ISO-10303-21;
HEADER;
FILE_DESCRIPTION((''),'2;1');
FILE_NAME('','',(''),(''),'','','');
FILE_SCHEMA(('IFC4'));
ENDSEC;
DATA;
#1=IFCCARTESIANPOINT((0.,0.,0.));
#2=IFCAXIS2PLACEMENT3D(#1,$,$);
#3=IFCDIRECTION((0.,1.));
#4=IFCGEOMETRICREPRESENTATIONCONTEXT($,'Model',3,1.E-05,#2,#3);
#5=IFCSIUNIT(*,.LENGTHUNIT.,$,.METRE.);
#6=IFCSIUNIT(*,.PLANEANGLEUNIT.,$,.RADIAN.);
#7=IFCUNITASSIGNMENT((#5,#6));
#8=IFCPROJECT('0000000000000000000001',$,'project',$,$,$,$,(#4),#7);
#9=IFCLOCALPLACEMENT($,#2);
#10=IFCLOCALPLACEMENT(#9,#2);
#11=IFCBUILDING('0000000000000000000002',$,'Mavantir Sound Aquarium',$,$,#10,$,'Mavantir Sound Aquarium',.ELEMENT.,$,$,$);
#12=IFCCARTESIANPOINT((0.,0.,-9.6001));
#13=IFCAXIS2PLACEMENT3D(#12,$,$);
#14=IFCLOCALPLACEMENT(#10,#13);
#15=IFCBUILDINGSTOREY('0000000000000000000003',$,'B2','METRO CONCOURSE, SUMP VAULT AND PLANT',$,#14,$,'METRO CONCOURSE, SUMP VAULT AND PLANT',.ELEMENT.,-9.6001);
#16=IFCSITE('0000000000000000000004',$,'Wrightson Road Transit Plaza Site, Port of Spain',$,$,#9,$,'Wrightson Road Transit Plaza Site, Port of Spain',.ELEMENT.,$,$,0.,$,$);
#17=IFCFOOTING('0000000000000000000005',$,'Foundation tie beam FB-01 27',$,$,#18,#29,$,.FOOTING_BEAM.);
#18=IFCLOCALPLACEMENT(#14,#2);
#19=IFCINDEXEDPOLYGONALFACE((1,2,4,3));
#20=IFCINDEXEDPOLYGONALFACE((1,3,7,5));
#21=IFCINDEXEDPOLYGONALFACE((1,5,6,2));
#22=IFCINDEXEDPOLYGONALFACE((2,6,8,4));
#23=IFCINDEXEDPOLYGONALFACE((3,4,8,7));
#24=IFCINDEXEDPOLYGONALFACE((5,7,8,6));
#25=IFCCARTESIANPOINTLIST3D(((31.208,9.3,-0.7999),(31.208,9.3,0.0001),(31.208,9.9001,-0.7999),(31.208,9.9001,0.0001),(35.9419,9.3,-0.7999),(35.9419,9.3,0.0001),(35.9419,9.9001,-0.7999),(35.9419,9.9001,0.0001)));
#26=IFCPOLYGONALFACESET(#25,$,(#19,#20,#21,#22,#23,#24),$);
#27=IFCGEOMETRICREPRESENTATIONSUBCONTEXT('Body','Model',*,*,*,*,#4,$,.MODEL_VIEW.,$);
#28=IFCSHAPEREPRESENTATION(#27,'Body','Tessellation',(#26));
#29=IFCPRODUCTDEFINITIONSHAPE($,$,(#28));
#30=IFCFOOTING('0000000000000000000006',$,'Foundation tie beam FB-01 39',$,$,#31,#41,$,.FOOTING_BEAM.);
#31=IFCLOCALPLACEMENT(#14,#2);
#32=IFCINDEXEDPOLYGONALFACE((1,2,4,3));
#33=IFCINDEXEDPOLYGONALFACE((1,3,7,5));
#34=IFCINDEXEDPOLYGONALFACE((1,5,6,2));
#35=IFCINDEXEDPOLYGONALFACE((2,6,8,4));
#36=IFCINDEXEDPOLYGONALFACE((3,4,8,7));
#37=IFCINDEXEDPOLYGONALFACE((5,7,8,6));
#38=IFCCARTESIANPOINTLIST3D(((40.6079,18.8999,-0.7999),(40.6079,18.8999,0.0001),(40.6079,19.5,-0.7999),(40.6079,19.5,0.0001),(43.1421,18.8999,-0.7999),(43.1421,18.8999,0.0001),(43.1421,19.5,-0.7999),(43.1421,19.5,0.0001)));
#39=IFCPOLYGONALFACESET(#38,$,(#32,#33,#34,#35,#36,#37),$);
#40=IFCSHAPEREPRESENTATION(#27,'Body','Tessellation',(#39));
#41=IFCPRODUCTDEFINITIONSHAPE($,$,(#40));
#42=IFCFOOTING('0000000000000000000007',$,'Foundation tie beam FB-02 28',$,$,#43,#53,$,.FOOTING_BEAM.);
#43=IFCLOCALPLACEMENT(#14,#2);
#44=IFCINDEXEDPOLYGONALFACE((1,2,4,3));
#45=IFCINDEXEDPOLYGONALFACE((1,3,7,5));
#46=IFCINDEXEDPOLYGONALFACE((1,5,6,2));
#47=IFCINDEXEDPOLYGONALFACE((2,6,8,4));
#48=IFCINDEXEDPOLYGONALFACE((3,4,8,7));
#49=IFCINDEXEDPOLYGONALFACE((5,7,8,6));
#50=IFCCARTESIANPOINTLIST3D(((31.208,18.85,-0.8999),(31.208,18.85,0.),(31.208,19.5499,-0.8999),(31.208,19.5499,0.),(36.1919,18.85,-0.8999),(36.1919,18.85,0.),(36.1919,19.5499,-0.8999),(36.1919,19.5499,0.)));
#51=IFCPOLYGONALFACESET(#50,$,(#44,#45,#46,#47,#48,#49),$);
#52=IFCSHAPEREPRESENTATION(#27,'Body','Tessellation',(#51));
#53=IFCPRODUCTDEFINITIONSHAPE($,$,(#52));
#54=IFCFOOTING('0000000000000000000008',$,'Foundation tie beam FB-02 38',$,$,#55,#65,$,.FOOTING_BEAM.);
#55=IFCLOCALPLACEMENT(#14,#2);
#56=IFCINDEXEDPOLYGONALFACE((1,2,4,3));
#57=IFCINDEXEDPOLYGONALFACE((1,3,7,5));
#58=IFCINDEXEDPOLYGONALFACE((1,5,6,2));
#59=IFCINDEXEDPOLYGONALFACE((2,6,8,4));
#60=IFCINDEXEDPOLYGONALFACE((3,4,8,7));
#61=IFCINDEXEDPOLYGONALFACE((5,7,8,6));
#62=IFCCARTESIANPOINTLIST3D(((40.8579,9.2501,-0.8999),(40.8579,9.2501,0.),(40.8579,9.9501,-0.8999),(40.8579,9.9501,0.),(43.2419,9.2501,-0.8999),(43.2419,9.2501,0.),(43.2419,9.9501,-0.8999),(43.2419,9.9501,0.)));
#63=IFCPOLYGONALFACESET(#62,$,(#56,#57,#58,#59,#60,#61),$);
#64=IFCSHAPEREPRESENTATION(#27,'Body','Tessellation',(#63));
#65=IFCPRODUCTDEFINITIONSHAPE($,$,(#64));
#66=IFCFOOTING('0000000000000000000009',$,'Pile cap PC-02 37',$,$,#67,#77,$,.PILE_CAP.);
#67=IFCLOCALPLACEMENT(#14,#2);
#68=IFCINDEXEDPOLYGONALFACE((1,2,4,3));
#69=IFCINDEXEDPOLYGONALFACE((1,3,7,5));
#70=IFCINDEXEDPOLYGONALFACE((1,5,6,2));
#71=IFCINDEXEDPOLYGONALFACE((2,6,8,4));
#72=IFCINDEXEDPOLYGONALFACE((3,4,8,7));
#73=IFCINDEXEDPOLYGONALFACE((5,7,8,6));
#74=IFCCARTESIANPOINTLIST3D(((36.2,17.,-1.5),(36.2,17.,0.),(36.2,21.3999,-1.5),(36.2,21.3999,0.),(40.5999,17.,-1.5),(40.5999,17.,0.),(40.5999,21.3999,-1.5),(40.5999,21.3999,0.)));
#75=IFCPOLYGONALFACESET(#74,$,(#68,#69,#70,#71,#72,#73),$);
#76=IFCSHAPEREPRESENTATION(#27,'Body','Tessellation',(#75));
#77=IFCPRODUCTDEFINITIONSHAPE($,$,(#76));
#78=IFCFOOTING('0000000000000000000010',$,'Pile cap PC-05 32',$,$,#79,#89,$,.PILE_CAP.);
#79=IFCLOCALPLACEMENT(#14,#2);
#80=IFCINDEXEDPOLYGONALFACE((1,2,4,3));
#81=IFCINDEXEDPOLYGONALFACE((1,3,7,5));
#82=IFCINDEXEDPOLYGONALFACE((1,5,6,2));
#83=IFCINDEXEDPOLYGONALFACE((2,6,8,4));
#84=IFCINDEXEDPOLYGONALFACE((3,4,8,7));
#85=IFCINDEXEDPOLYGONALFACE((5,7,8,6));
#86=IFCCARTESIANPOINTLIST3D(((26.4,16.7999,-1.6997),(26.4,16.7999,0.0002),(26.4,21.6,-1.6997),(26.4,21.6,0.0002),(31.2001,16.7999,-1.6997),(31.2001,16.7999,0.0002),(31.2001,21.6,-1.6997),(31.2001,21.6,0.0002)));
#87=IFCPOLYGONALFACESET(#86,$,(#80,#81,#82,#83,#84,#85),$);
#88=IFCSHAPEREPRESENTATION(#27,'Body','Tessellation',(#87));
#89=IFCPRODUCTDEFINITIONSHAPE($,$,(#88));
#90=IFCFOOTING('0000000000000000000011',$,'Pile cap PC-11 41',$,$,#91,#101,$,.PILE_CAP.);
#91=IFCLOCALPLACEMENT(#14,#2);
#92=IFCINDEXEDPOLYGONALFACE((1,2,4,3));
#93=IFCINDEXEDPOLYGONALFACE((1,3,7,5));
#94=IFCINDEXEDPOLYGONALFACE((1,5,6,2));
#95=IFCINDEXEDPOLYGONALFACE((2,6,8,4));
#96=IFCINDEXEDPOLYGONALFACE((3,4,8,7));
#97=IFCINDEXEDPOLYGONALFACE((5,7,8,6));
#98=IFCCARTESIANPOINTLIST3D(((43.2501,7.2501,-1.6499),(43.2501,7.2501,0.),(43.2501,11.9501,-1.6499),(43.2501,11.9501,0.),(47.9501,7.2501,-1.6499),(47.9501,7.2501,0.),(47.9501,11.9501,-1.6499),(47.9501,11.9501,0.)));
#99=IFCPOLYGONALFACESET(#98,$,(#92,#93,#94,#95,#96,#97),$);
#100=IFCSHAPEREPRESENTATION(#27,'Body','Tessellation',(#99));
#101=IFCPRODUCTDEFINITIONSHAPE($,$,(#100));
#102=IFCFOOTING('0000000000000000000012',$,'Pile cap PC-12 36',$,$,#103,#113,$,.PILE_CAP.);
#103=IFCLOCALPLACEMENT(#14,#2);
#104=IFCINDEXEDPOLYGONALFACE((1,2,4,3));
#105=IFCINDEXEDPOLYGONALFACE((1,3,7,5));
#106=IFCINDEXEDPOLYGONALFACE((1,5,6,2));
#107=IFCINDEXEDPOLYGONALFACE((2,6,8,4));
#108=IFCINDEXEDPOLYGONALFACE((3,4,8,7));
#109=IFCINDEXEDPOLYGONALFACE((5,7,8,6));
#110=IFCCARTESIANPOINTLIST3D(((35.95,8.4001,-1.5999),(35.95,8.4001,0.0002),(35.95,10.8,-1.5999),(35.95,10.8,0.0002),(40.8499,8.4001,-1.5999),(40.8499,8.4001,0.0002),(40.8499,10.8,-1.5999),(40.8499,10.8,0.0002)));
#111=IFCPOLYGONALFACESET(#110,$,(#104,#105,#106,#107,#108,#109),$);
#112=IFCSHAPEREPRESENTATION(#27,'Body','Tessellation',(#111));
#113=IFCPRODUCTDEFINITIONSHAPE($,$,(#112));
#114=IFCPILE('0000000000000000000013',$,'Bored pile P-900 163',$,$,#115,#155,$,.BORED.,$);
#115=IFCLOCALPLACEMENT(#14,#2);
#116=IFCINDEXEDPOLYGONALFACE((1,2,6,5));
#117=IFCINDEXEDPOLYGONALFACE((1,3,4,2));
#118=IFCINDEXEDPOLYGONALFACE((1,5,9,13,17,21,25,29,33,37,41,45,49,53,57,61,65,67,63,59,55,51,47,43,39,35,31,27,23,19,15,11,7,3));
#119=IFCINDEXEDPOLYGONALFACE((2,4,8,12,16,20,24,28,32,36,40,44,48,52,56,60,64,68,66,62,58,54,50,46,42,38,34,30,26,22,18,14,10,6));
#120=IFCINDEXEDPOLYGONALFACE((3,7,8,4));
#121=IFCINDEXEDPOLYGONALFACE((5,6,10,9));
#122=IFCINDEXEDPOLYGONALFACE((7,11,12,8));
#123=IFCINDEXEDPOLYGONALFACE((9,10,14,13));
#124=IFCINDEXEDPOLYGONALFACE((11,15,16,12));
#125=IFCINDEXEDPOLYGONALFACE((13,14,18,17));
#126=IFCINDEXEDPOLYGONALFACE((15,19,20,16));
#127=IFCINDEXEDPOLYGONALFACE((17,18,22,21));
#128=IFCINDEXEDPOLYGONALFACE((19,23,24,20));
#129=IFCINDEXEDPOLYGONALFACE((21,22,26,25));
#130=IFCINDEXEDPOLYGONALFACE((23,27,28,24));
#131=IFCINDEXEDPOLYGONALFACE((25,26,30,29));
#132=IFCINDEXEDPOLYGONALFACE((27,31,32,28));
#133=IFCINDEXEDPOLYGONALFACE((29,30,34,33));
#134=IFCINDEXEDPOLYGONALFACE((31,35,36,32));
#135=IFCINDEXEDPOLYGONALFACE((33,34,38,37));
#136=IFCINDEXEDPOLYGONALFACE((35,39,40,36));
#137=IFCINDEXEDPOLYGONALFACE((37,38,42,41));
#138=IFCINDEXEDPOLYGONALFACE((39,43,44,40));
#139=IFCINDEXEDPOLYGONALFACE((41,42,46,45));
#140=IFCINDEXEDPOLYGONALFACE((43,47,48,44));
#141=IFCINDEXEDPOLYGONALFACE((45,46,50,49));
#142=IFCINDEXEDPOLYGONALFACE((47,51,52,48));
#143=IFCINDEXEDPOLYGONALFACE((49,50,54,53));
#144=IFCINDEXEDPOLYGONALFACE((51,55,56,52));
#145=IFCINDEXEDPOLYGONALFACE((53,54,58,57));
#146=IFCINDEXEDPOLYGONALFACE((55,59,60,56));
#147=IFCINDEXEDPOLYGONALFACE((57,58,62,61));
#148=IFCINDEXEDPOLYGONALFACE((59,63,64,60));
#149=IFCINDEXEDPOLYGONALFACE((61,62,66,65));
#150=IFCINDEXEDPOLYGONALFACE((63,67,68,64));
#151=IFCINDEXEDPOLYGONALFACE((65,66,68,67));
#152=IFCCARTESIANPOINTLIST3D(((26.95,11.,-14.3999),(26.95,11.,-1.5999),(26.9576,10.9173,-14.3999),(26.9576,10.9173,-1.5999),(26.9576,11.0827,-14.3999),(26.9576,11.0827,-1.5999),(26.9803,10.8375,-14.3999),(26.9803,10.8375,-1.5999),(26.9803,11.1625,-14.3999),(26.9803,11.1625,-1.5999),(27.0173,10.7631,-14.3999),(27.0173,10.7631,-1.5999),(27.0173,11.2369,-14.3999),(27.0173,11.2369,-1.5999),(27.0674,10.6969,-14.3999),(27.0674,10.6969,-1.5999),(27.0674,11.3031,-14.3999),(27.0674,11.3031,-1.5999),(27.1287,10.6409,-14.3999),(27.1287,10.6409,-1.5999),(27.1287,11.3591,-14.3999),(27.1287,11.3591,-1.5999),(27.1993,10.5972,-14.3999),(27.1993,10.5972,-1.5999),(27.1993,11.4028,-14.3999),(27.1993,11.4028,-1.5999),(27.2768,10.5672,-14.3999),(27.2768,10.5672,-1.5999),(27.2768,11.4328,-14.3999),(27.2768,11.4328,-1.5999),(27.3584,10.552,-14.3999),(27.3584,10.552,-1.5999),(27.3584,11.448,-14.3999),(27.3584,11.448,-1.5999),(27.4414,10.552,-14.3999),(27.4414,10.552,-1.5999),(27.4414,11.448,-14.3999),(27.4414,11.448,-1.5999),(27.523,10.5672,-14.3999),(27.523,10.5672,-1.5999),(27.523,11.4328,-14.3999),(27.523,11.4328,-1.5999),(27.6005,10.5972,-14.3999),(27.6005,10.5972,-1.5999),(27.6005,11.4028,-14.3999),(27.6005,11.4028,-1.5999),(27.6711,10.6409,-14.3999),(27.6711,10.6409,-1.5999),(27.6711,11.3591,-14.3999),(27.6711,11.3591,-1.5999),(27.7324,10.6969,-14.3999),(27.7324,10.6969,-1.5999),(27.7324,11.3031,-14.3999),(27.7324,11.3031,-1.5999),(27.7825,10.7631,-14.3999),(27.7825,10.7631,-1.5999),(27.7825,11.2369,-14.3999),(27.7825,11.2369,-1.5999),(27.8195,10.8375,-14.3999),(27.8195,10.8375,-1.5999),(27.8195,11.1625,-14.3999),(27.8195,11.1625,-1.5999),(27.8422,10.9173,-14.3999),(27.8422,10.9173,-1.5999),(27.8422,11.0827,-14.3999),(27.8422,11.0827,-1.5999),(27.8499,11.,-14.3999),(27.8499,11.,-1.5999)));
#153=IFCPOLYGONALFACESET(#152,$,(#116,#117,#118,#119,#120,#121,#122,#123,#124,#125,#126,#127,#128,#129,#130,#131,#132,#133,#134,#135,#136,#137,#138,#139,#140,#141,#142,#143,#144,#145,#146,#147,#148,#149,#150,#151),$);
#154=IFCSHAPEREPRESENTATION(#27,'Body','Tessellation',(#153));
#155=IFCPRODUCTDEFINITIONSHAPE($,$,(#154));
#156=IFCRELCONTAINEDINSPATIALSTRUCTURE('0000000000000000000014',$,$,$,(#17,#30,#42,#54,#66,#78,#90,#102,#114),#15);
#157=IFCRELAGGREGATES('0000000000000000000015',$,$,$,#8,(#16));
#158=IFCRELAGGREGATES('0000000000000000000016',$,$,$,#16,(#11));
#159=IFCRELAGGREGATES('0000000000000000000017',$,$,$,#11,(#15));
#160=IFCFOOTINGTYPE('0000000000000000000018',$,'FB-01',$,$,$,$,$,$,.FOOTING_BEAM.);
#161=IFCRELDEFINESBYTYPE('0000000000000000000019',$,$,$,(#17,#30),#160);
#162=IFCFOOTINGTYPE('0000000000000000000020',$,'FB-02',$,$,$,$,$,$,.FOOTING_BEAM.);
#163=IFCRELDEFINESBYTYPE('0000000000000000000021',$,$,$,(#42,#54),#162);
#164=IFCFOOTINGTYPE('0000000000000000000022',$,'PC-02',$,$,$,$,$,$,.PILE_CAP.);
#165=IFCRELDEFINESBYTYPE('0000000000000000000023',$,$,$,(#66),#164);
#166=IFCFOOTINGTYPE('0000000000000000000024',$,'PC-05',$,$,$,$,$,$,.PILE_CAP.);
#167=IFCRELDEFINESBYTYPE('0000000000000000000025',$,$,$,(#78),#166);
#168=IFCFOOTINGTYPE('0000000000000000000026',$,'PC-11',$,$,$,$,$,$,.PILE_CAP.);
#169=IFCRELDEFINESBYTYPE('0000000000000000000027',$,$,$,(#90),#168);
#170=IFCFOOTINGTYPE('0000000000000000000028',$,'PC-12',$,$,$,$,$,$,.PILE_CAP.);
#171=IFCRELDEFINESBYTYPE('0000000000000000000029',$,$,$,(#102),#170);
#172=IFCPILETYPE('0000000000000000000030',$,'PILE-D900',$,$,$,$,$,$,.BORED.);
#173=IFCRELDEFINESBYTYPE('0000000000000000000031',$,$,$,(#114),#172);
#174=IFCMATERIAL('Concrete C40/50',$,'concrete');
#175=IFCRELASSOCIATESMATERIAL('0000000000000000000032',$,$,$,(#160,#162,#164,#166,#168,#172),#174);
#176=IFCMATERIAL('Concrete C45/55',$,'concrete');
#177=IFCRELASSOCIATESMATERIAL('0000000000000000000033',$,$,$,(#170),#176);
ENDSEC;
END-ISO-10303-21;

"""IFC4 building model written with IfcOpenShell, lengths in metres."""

from ifc_helpers import new_model, si_unit, direction, frame, origin, origin_2d, place, context, subcontext, project, spatial, rectangle, circle, extrude, material, material_profile, profile_set, type_object, element, save


model = new_model("IFC4")

# Units and contexts
model_context = context("Model", 3, precision=1e-05, world=origin(), true_north=direction((0.0, 1.0)))
body_context = subcontext(model_context, "Body", "Model", "MODEL_VIEW")
ifc_project = project(units=[si_unit("LENGTHUNIT", "METRE"), si_unit("PLANEANGLEUNIT", "RADIAN")], contexts=[model_context])

# Site, building, storey
site_placement = place(None, origin())
site = spatial("IfcSite", under=ifc_project, at=site_placement, Name="Wrightson Road Transit Plaza Site, Port of Spain", LongName="Wrightson Road Transit Plaza Site, Port of Spain", CompositionType="ELEMENT", RefElevation=0.0)
building_placement = place(site_placement, origin())
building = spatial("IfcBuilding", under=site, at=building_placement, Name="Mavantir Sound Aquarium", LongName="Mavantir Sound Aquarium", CompositionType="ELEMENT")
storey_placement = place(building_placement, frame((0.0, 0.0, -9.6001)))
storey = spatial("IfcBuildingStorey", under=building, at=storey_placement, Name="B2", Description="METRO CONCOURSE, SUMP VAULT AND PLANT", LongName="METRO CONCOURSE, SUMP VAULT AND PLANT", CompositionType="ELEMENT", Elevation=-9.6001)

# Footings
ifc_material_1 = material(Name="Concrete C40/50", Category="concrete")
ifc_material_profile_1 = material_profile(ifc_material_1, rectangle(XDim=0.6001, YDim=0.8, at=origin_2d()), Name="RC 600X800")
ifc_profile_set_1 = profile_set([ifc_material_profile_1], Name="Concrete C40/50")
footing_type_1 = type_object("IfcFootingType", Name="FB-01", PredefinedType="FOOTING_BEAM", material=ifc_profile_set_1)
footing_1_placement = place(storey_placement, frame((31.208, 9.6001, -0.3999), z_axis=(1.0, 0.0, 0.0), x_axis=(0.0, 1.0, 0.0)))
element("IfcFooting", 1, at=footing_1_placement, inside=storey, type_object=footing_type_1, Name="Foundation tie beam FB-01 27", PredefinedType="FOOTING_BEAM", context=body_context, shape_type="SweptSolid", body=[
    extrude(rectangle(XDim=0.6001, YDim=0.8, at=origin_2d()), origin(), (0.0, 0.0, 1.0), 4.7339),
])
footing_2_placement = place(storey_placement, frame((40.6079, 19.2, -0.3999), z_axis=(1.0, 0.0, 0.0), x_axis=(0.0, 1.0, 0.0)))
element("IfcFooting", 2, at=footing_2_placement, inside=storey, type_object=footing_type_1, Name="Foundation tie beam FB-01 39", PredefinedType="FOOTING_BEAM", context=body_context, shape_type="SweptSolid", body=[
    extrude(rectangle(XDim=0.6001, YDim=0.8, at=origin_2d()), origin(), (0.0, 0.0, 1.0), 2.5342),
])
ifc_material_profile_2 = material_profile(ifc_material_1, rectangle(XDim=0.7, YDim=0.8999, at=origin_2d()), Name="RC 700X900")
ifc_profile_set_2 = profile_set([ifc_material_profile_2], Name="Concrete C40/50")
footing_type_2 = type_object("IfcFootingType", Name="FB-02", PredefinedType="FOOTING_BEAM", material=ifc_profile_set_2)
footing_3_placement = place(storey_placement, frame((31.208, 19.2, -0.45), z_axis=(1.0, 0.0, 0.0), x_axis=(0.0, 1.0, 0.0)))
element("IfcFooting", 3, at=footing_3_placement, inside=storey, type_object=footing_type_2, Name="Foundation tie beam FB-02 28", PredefinedType="FOOTING_BEAM", context=body_context, shape_type="SweptSolid", body=[
    extrude(rectangle(XDim=0.7, YDim=0.8999, at=origin_2d()), origin(), (0.0, 0.0, 1.0), 4.9839),
])
footing_4_placement = place(storey_placement, frame((40.8579, 9.6001, -0.45), z_axis=(1.0, 0.0, 0.0), x_axis=(0.0, 1.0, 0.0)))
element("IfcFooting", 4, at=footing_4_placement, inside=storey, type_object=footing_type_2, Name="Foundation tie beam FB-02 38", PredefinedType="FOOTING_BEAM", context=body_context, shape_type="SweptSolid", body=[
    extrude(rectangle(XDim=0.7, YDim=0.8999, at=origin_2d()), origin(), (0.0, 0.0, 1.0), 2.384),
])
footing_type_3 = type_object("IfcFootingType", Name="PC-02", PredefinedType="PILE_CAP", material=ifc_material_1)
footing_5_placement = place(storey_placement, frame((38.3999, 19.2, -1.5), z_axis=(0.0, 0.0, 1.0), x_axis=(1.0, 0.0, 0.0)))
element("IfcFooting", 5, at=footing_5_placement, inside=storey, type_object=footing_type_3, Name="Pile cap PC-02 37", PredefinedType="PILE_CAP", context=body_context, shape_type="SweptSolid", body=[
    extrude(rectangle(XDim=4.3999, YDim=4.3999, at=origin_2d()), origin(), (0.0, 0.0, 1.0), 1.5),
])
footing_type_4 = type_object("IfcFootingType", Name="PC-05", PredefinedType="PILE_CAP", material=ifc_material_1)
footing_6_placement = place(storey_placement, frame((28.8, 19.2, -1.6997), z_axis=(0.0, 0.0, 1.0), x_axis=(1.0, 0.0, 0.0)))
element("IfcFooting", 6, at=footing_6_placement, inside=storey, type_object=footing_type_4, Name="Pile cap PC-05 32", PredefinedType="PILE_CAP", context=body_context, shape_type="SweptSolid", body=[
    extrude(rectangle(XDim=4.8, YDim=4.8, at=origin_2d()), origin(), (0.0, 0.0, 1.0), 1.7),
])
footing_type_5 = type_object("IfcFootingType", Name="PC-11", PredefinedType="PILE_CAP", material=ifc_material_1)
footing_7_placement = place(storey_placement, frame((45.6001, 9.6001, -1.6499), z_axis=(0.0, 0.0, 1.0), x_axis=(1.0, 0.0, 0.0)))
element("IfcFooting", 7, at=footing_7_placement, inside=storey, type_object=footing_type_5, Name="Pile cap PC-11 41", PredefinedType="PILE_CAP", context=body_context, shape_type="SweptSolid", body=[
    extrude(rectangle(XDim=4.7, YDim=4.7, at=origin_2d()), origin(), (0.0, 0.0, 1.0), 1.6499),
])
ifc_material_2 = material(Name="Concrete C45/55", Category="concrete")
footing_type_6 = type_object("IfcFootingType", Name="PC-12", PredefinedType="PILE_CAP", material=ifc_material_2)
footing_8_placement = place(storey_placement, frame((38.3999, 9.6001, -1.5999), z_axis=(0.0, 0.0, 1.0), x_axis=(1.0, 0.0, 0.0)))
element("IfcFooting", 8, at=footing_8_placement, inside=storey, type_object=footing_type_6, Name="Pile cap PC-12 36", PredefinedType="PILE_CAP", context=body_context, shape_type="SweptSolid", body=[
    extrude(rectangle(XDim=4.8999, YDim=2.3999, at=origin_2d()), origin(), (0.0, 0.0, 1.0), 1.6001),
])

# Pile
ifc_material_profile_3 = material_profile(ifc_material_1, circle(Radius=0.45, at=origin_2d()), Name="PILE D900")
ifc_profile_set_3 = profile_set([ifc_material_profile_3], Name="Concrete C40/50")
pile_type = type_object("IfcPileType", Name="PILE-D900", PredefinedType="BORED", material=ifc_profile_set_3)
for number, where, z_axis, x_axis, name in (
    (9, (27.3999, 11.0, -1.5999), (0.0, 0.0, -1.0), (1.0, 0.0, 0.0), "Bored pile P-900 163"),
):
    element("IfcPile", number, at=place(storey_placement, frame(where, z_axis=z_axis, x_axis=x_axis)), inside=storey, type_object=pile_type, Name=name, PredefinedType="BORED", context=body_context, shape_type="SweptSolid", body=[
        extrude(circle(Radius=0.45, at=origin_2d()), origin(), (0.0, 0.0, 1.0), 12.8),
    ])

save(model, "model.ifc")
